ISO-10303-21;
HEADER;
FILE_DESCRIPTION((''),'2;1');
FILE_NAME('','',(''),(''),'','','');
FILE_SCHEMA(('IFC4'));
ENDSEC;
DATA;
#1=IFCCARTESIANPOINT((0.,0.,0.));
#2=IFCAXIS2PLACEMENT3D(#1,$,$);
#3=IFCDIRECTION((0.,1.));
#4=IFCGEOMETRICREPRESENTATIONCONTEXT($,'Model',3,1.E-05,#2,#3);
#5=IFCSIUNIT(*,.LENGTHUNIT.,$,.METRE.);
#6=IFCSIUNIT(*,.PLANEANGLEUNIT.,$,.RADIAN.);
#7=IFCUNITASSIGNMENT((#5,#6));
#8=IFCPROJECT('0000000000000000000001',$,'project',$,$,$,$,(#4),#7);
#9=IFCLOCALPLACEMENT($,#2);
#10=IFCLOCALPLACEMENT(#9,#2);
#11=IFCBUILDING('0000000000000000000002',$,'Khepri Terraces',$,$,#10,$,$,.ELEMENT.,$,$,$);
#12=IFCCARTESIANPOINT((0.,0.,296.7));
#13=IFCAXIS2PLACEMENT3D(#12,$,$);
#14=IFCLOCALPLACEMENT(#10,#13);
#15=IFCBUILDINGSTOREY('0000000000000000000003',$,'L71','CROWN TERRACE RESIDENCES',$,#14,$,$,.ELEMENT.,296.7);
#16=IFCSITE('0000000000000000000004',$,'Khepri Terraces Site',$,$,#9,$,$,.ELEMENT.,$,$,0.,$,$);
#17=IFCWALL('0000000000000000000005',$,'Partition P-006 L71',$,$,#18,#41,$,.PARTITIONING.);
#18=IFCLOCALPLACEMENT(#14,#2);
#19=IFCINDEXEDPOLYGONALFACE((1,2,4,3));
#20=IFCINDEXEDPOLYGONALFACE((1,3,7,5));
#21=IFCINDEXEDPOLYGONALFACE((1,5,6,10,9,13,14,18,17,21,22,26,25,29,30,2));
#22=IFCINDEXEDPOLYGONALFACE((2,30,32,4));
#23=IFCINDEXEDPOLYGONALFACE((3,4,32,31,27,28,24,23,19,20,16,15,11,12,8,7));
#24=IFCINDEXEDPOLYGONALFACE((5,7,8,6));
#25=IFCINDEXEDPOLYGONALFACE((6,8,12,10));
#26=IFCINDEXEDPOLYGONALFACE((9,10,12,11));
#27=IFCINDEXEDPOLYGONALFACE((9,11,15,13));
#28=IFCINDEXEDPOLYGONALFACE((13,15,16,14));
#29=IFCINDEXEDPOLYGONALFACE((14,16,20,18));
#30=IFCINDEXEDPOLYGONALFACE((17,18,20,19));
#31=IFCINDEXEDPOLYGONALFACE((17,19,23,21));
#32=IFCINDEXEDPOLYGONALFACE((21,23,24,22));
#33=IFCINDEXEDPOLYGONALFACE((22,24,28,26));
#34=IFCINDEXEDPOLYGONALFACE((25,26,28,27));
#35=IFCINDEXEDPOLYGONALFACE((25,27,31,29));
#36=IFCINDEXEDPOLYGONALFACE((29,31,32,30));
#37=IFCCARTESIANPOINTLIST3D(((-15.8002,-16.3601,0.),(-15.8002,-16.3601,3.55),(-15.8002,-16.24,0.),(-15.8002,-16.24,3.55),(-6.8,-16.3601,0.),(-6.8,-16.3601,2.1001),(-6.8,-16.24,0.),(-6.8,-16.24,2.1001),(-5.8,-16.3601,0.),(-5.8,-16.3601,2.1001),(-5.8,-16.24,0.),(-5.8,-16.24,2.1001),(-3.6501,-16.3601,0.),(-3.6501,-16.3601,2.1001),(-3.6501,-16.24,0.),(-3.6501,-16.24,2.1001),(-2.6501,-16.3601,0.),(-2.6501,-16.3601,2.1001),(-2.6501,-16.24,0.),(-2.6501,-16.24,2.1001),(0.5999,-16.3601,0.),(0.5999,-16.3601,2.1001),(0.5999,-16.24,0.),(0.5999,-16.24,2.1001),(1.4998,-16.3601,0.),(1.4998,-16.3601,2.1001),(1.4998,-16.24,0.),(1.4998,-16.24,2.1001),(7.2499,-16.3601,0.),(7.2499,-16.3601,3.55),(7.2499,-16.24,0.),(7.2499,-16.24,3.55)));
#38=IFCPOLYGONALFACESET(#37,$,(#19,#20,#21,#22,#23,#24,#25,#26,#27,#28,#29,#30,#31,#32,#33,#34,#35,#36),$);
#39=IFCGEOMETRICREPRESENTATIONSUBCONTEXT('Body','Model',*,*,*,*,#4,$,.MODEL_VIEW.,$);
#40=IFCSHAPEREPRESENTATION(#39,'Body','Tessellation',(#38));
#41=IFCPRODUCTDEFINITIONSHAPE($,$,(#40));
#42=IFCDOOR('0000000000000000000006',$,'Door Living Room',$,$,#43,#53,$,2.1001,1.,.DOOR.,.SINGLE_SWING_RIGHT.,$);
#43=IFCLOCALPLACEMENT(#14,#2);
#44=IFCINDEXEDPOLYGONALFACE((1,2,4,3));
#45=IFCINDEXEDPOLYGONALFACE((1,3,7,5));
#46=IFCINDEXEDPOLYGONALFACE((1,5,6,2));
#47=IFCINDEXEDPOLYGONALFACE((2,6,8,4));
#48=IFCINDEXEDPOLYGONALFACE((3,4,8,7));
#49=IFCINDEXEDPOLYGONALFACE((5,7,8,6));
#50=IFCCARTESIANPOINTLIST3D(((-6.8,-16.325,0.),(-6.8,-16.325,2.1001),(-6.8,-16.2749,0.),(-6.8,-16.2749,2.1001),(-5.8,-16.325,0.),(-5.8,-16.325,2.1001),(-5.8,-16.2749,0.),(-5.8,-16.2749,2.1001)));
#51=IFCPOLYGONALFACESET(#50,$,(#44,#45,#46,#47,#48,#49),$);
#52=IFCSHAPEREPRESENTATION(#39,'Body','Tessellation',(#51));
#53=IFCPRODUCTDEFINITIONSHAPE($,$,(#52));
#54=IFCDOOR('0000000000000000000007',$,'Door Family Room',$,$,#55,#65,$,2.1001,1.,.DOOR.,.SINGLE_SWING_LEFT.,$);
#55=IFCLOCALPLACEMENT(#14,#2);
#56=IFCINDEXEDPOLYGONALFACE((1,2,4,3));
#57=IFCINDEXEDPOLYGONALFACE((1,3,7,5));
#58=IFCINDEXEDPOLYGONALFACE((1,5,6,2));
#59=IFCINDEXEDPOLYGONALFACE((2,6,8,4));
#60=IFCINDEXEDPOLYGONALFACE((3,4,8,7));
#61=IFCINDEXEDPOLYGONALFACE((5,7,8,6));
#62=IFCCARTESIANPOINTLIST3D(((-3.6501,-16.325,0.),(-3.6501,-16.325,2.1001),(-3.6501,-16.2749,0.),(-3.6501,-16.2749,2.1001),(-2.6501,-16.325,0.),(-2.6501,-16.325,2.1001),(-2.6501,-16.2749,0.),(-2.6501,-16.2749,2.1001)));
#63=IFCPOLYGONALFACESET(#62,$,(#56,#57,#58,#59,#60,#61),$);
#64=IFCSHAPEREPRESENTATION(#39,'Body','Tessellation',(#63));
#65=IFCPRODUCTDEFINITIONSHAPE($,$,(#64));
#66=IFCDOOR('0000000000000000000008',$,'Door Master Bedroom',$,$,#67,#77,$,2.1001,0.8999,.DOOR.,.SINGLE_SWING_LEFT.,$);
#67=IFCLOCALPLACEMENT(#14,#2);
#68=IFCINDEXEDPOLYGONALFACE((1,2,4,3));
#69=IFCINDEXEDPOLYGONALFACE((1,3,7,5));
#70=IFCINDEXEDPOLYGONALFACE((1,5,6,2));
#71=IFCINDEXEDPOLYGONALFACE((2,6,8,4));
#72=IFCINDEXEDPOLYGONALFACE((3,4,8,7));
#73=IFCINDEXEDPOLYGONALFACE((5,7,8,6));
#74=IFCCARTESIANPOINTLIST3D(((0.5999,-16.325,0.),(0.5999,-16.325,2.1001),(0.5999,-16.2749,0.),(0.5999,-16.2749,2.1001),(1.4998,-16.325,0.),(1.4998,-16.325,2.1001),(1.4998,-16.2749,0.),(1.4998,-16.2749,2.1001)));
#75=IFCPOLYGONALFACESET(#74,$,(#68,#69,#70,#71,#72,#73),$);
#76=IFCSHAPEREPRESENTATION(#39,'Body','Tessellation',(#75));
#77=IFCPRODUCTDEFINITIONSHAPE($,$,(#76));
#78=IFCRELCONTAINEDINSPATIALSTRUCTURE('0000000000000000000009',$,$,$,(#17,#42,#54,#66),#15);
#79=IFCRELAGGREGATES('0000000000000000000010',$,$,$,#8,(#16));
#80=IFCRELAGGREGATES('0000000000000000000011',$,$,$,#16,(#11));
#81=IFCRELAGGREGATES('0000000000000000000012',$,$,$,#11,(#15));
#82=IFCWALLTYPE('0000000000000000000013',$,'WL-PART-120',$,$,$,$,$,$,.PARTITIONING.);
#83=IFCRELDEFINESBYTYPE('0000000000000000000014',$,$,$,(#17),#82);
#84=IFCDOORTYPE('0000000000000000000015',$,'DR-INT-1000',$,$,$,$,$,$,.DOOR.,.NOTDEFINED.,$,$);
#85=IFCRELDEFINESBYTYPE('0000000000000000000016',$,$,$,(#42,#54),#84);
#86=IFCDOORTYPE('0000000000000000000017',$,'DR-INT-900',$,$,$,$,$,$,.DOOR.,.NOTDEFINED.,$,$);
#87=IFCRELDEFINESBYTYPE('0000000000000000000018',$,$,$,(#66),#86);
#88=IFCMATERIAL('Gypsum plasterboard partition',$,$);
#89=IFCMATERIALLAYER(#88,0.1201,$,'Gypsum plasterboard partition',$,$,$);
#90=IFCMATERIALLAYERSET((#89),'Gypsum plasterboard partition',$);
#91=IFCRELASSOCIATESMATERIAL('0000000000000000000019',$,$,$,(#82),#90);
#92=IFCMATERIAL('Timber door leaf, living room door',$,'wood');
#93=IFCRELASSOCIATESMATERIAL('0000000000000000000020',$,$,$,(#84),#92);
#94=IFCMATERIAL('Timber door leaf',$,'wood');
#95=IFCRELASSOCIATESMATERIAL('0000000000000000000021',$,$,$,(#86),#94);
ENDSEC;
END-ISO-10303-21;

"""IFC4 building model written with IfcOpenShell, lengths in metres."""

from ifc_helpers import new_model, si_unit, direction, frame, frame_2d, origin, place, context, subcontext, project, spatial, rectangle, extrude, material, layer, layer_set, type_object, element, fill, save


model = new_model("IFC4")

# Units and contexts
model_context = context("Model", 3, precision=1e-05, world=origin(), true_north=direction((0.0, 1.0)))
body_context = subcontext(model_context, "Body", "Model", "MODEL_VIEW")
ifc_project = project(units=[si_unit("LENGTHUNIT", "METRE"), si_unit("PLANEANGLEUNIT", "RADIAN")], contexts=[model_context])

# Site, building, storey
site_placement = place(None, origin())
site = spatial("IfcSite", under=ifc_project, at=site_placement, Name="Khepri Terraces Site", CompositionType="ELEMENT", RefElevation=0.0)
building_placement = place(site_placement, origin())
building = spatial("IfcBuilding", under=site, at=building_placement, Name="Khepri Terraces", CompositionType="ELEMENT")
storey_placement = place(building_placement, frame((0.0, 0.0, 296.7)))
storey = spatial("IfcBuildingStorey", under=building, at=storey_placement, Name="L71", Description="CROWN TERRACE RESIDENCES", CompositionType="ELEMENT", Elevation=296.7)

# Wall, openings, doors
ifc_material_1 = material(Name="Gypsum plasterboard partition")
ifc_layer_1 = layer(ifc_material_1, 0.1201, Name="Gypsum plasterboard partition")
ifc_layer_set_1 = layer_set([ifc_layer_1], Name="Gypsum plasterboard partition")
wall_type_1 = type_object("IfcWallType", Name="WL-PART-120", PredefinedType="PARTITIONING", material=ifc_layer_set_1)
wall_1_placement = place(storey_placement, frame((-15.8, -16.3, 0.0), z_axis=(0.0, 0.0, 1.0), x_axis=(1.0, 0.0, 0.0)))
wall_1 = element("IfcWall", 1, at=wall_1_placement, inside=storey, type_object=wall_type_1, Name="Partition P-006 L71", PredefinedType="PARTITIONING", context=body_context, shape_type="SweptSolid", body=[
    extrude(rectangle(XDim=23.05, YDim=0.1201, at=frame_2d((11.5249, 0.0))), origin(), (0.0, 0.0, 1.0), 3.55),
])
opening_1_placement = place(wall_1_placement, frame((9.0, 0.0, 0.0)))
opening_1 = element("IfcOpeningElement", 2, at=opening_1_placement, cuts=wall_1, PredefinedType="OPENING", context=body_context, shape_type="SweptSolid", body=[
    extrude(rectangle(XDim=1.0, YDim=2.1001, at=frame_2d((0.5, 1.05))), frame((0.0, 0.0701, 0.0), z_axis=(0.0, -1.0, 0.0), x_axis=(1.0, 0.0, 0.0)), (0.0, 0.0, 1.0), 0.1401),
])
opening_2_placement = place(wall_1_placement, frame((12.1499, 0.0, 0.0)))
opening_2 = element("IfcOpeningElement", 3, at=opening_2_placement, cuts=wall_1, PredefinedType="OPENING", context=body_context, shape_type="SweptSolid", body=[
    extrude(rectangle(XDim=1.0, YDim=2.1001, at=frame_2d((0.5, 1.05))), frame((0.0, 0.0701, 0.0), z_axis=(0.0, -1.0, 0.0), x_axis=(1.0, 0.0, 0.0)), (0.0, 0.0, 1.0), 0.1401),
])
opening_3_placement = place(wall_1_placement, frame((16.3999, 0.0, 0.0)))
opening_3 = element("IfcOpeningElement", 4, at=opening_3_placement, cuts=wall_1, PredefinedType="OPENING", context=body_context, shape_type="SweptSolid", body=[
    extrude(rectangle(XDim=0.8999, YDim=2.1001, at=frame_2d((0.45, 1.05))), frame((0.0, 0.0701, 0.0), z_axis=(0.0, -1.0, 0.0), x_axis=(1.0, 0.0, 0.0)), (0.0, 0.0, 1.0), 0.1401),
])
ifc_material_2 = material(Name="Timber door leaf, living room door", Category="wood")
door_type_1 = type_object("IfcDoorType", Name="DR-INT-1000", OperationType="NOTDEFINED", PredefinedType="DOOR", material=ifc_material_2)
door_1_placement = place(opening_1_placement, frame((1.0, 0.0, 0.0), z_axis=(0.0, 0.0, 1.0), x_axis=(-1.0, 0.0, 0.0)))
door_1 = element("IfcDoor", 5, at=door_1_placement, inside=storey, type_object=door_type_1, Name="Door Living Room", OperationType="SINGLE_SWING_RIGHT", OverallHeight=2.1001, OverallWidth=1.0, PredefinedType="DOOR", context=body_context, shape_type="SweptSolid", body=[
    extrude(rectangle(XDim=1.0, YDim=2.1001, at=frame_2d((0.5, 1.05))), frame((0.0, 0.0249, 0.0), z_axis=(0.0, -1.0, 0.0), x_axis=(1.0, 0.0, 0.0)), (0.0, 0.0, 1.0), 0.05),
])
fill(opening_1, door_1)
door_2_placement = place(opening_2_placement, frame((1.0, 0.0, 0.0), z_axis=(0.0, 0.0, 1.0), x_axis=(-1.0, 0.0, 0.0)))
door_2 = element("IfcDoor", 6, at=door_2_placement, inside=storey, type_object=door_type_1, Name="Door Family Room", OperationType="SINGLE_SWING_LEFT", OverallHeight=2.1001, OverallWidth=1.0, PredefinedType="DOOR", context=body_context, shape_type="SweptSolid", body=[
    extrude(rectangle(XDim=1.0, YDim=2.1001, at=frame_2d((0.5, 1.05))), frame((0.0, 0.0249, 0.0), z_axis=(0.0, -1.0, 0.0), x_axis=(1.0, 0.0, 0.0)), (0.0, 0.0, 1.0), 0.05),
])
fill(opening_2, door_2)
ifc_material_3 = material(Name="Timber door leaf", Category="wood")
door_type_2 = type_object("IfcDoorType", Name="DR-INT-900", OperationType="NOTDEFINED", PredefinedType="DOOR", material=ifc_material_3)
door_3_placement = place(opening_3_placement, frame((0.8999, 0.0, 0.0), z_axis=(0.0, 0.0, 1.0), x_axis=(-1.0, 0.0, 0.0)))
door_3 = element("IfcDoor", 7, at=door_3_placement, inside=storey, type_object=door_type_2, Name="Door Master Bedroom", OperationType="SINGLE_SWING_LEFT", OverallHeight=2.1001, OverallWidth=0.8999, PredefinedType="DOOR", context=body_context, shape_type="SweptSolid", body=[
    extrude(rectangle(XDim=0.8999, YDim=2.1001, at=frame_2d((0.45, 1.05))), frame((0.0, 0.0249, 0.0), z_axis=(0.0, -1.0, 0.0), x_axis=(1.0, 0.0, 0.0)), (0.0, 0.0, 1.0), 0.05),
])
fill(opening_3, door_3)

save(model, "model.ifc")
